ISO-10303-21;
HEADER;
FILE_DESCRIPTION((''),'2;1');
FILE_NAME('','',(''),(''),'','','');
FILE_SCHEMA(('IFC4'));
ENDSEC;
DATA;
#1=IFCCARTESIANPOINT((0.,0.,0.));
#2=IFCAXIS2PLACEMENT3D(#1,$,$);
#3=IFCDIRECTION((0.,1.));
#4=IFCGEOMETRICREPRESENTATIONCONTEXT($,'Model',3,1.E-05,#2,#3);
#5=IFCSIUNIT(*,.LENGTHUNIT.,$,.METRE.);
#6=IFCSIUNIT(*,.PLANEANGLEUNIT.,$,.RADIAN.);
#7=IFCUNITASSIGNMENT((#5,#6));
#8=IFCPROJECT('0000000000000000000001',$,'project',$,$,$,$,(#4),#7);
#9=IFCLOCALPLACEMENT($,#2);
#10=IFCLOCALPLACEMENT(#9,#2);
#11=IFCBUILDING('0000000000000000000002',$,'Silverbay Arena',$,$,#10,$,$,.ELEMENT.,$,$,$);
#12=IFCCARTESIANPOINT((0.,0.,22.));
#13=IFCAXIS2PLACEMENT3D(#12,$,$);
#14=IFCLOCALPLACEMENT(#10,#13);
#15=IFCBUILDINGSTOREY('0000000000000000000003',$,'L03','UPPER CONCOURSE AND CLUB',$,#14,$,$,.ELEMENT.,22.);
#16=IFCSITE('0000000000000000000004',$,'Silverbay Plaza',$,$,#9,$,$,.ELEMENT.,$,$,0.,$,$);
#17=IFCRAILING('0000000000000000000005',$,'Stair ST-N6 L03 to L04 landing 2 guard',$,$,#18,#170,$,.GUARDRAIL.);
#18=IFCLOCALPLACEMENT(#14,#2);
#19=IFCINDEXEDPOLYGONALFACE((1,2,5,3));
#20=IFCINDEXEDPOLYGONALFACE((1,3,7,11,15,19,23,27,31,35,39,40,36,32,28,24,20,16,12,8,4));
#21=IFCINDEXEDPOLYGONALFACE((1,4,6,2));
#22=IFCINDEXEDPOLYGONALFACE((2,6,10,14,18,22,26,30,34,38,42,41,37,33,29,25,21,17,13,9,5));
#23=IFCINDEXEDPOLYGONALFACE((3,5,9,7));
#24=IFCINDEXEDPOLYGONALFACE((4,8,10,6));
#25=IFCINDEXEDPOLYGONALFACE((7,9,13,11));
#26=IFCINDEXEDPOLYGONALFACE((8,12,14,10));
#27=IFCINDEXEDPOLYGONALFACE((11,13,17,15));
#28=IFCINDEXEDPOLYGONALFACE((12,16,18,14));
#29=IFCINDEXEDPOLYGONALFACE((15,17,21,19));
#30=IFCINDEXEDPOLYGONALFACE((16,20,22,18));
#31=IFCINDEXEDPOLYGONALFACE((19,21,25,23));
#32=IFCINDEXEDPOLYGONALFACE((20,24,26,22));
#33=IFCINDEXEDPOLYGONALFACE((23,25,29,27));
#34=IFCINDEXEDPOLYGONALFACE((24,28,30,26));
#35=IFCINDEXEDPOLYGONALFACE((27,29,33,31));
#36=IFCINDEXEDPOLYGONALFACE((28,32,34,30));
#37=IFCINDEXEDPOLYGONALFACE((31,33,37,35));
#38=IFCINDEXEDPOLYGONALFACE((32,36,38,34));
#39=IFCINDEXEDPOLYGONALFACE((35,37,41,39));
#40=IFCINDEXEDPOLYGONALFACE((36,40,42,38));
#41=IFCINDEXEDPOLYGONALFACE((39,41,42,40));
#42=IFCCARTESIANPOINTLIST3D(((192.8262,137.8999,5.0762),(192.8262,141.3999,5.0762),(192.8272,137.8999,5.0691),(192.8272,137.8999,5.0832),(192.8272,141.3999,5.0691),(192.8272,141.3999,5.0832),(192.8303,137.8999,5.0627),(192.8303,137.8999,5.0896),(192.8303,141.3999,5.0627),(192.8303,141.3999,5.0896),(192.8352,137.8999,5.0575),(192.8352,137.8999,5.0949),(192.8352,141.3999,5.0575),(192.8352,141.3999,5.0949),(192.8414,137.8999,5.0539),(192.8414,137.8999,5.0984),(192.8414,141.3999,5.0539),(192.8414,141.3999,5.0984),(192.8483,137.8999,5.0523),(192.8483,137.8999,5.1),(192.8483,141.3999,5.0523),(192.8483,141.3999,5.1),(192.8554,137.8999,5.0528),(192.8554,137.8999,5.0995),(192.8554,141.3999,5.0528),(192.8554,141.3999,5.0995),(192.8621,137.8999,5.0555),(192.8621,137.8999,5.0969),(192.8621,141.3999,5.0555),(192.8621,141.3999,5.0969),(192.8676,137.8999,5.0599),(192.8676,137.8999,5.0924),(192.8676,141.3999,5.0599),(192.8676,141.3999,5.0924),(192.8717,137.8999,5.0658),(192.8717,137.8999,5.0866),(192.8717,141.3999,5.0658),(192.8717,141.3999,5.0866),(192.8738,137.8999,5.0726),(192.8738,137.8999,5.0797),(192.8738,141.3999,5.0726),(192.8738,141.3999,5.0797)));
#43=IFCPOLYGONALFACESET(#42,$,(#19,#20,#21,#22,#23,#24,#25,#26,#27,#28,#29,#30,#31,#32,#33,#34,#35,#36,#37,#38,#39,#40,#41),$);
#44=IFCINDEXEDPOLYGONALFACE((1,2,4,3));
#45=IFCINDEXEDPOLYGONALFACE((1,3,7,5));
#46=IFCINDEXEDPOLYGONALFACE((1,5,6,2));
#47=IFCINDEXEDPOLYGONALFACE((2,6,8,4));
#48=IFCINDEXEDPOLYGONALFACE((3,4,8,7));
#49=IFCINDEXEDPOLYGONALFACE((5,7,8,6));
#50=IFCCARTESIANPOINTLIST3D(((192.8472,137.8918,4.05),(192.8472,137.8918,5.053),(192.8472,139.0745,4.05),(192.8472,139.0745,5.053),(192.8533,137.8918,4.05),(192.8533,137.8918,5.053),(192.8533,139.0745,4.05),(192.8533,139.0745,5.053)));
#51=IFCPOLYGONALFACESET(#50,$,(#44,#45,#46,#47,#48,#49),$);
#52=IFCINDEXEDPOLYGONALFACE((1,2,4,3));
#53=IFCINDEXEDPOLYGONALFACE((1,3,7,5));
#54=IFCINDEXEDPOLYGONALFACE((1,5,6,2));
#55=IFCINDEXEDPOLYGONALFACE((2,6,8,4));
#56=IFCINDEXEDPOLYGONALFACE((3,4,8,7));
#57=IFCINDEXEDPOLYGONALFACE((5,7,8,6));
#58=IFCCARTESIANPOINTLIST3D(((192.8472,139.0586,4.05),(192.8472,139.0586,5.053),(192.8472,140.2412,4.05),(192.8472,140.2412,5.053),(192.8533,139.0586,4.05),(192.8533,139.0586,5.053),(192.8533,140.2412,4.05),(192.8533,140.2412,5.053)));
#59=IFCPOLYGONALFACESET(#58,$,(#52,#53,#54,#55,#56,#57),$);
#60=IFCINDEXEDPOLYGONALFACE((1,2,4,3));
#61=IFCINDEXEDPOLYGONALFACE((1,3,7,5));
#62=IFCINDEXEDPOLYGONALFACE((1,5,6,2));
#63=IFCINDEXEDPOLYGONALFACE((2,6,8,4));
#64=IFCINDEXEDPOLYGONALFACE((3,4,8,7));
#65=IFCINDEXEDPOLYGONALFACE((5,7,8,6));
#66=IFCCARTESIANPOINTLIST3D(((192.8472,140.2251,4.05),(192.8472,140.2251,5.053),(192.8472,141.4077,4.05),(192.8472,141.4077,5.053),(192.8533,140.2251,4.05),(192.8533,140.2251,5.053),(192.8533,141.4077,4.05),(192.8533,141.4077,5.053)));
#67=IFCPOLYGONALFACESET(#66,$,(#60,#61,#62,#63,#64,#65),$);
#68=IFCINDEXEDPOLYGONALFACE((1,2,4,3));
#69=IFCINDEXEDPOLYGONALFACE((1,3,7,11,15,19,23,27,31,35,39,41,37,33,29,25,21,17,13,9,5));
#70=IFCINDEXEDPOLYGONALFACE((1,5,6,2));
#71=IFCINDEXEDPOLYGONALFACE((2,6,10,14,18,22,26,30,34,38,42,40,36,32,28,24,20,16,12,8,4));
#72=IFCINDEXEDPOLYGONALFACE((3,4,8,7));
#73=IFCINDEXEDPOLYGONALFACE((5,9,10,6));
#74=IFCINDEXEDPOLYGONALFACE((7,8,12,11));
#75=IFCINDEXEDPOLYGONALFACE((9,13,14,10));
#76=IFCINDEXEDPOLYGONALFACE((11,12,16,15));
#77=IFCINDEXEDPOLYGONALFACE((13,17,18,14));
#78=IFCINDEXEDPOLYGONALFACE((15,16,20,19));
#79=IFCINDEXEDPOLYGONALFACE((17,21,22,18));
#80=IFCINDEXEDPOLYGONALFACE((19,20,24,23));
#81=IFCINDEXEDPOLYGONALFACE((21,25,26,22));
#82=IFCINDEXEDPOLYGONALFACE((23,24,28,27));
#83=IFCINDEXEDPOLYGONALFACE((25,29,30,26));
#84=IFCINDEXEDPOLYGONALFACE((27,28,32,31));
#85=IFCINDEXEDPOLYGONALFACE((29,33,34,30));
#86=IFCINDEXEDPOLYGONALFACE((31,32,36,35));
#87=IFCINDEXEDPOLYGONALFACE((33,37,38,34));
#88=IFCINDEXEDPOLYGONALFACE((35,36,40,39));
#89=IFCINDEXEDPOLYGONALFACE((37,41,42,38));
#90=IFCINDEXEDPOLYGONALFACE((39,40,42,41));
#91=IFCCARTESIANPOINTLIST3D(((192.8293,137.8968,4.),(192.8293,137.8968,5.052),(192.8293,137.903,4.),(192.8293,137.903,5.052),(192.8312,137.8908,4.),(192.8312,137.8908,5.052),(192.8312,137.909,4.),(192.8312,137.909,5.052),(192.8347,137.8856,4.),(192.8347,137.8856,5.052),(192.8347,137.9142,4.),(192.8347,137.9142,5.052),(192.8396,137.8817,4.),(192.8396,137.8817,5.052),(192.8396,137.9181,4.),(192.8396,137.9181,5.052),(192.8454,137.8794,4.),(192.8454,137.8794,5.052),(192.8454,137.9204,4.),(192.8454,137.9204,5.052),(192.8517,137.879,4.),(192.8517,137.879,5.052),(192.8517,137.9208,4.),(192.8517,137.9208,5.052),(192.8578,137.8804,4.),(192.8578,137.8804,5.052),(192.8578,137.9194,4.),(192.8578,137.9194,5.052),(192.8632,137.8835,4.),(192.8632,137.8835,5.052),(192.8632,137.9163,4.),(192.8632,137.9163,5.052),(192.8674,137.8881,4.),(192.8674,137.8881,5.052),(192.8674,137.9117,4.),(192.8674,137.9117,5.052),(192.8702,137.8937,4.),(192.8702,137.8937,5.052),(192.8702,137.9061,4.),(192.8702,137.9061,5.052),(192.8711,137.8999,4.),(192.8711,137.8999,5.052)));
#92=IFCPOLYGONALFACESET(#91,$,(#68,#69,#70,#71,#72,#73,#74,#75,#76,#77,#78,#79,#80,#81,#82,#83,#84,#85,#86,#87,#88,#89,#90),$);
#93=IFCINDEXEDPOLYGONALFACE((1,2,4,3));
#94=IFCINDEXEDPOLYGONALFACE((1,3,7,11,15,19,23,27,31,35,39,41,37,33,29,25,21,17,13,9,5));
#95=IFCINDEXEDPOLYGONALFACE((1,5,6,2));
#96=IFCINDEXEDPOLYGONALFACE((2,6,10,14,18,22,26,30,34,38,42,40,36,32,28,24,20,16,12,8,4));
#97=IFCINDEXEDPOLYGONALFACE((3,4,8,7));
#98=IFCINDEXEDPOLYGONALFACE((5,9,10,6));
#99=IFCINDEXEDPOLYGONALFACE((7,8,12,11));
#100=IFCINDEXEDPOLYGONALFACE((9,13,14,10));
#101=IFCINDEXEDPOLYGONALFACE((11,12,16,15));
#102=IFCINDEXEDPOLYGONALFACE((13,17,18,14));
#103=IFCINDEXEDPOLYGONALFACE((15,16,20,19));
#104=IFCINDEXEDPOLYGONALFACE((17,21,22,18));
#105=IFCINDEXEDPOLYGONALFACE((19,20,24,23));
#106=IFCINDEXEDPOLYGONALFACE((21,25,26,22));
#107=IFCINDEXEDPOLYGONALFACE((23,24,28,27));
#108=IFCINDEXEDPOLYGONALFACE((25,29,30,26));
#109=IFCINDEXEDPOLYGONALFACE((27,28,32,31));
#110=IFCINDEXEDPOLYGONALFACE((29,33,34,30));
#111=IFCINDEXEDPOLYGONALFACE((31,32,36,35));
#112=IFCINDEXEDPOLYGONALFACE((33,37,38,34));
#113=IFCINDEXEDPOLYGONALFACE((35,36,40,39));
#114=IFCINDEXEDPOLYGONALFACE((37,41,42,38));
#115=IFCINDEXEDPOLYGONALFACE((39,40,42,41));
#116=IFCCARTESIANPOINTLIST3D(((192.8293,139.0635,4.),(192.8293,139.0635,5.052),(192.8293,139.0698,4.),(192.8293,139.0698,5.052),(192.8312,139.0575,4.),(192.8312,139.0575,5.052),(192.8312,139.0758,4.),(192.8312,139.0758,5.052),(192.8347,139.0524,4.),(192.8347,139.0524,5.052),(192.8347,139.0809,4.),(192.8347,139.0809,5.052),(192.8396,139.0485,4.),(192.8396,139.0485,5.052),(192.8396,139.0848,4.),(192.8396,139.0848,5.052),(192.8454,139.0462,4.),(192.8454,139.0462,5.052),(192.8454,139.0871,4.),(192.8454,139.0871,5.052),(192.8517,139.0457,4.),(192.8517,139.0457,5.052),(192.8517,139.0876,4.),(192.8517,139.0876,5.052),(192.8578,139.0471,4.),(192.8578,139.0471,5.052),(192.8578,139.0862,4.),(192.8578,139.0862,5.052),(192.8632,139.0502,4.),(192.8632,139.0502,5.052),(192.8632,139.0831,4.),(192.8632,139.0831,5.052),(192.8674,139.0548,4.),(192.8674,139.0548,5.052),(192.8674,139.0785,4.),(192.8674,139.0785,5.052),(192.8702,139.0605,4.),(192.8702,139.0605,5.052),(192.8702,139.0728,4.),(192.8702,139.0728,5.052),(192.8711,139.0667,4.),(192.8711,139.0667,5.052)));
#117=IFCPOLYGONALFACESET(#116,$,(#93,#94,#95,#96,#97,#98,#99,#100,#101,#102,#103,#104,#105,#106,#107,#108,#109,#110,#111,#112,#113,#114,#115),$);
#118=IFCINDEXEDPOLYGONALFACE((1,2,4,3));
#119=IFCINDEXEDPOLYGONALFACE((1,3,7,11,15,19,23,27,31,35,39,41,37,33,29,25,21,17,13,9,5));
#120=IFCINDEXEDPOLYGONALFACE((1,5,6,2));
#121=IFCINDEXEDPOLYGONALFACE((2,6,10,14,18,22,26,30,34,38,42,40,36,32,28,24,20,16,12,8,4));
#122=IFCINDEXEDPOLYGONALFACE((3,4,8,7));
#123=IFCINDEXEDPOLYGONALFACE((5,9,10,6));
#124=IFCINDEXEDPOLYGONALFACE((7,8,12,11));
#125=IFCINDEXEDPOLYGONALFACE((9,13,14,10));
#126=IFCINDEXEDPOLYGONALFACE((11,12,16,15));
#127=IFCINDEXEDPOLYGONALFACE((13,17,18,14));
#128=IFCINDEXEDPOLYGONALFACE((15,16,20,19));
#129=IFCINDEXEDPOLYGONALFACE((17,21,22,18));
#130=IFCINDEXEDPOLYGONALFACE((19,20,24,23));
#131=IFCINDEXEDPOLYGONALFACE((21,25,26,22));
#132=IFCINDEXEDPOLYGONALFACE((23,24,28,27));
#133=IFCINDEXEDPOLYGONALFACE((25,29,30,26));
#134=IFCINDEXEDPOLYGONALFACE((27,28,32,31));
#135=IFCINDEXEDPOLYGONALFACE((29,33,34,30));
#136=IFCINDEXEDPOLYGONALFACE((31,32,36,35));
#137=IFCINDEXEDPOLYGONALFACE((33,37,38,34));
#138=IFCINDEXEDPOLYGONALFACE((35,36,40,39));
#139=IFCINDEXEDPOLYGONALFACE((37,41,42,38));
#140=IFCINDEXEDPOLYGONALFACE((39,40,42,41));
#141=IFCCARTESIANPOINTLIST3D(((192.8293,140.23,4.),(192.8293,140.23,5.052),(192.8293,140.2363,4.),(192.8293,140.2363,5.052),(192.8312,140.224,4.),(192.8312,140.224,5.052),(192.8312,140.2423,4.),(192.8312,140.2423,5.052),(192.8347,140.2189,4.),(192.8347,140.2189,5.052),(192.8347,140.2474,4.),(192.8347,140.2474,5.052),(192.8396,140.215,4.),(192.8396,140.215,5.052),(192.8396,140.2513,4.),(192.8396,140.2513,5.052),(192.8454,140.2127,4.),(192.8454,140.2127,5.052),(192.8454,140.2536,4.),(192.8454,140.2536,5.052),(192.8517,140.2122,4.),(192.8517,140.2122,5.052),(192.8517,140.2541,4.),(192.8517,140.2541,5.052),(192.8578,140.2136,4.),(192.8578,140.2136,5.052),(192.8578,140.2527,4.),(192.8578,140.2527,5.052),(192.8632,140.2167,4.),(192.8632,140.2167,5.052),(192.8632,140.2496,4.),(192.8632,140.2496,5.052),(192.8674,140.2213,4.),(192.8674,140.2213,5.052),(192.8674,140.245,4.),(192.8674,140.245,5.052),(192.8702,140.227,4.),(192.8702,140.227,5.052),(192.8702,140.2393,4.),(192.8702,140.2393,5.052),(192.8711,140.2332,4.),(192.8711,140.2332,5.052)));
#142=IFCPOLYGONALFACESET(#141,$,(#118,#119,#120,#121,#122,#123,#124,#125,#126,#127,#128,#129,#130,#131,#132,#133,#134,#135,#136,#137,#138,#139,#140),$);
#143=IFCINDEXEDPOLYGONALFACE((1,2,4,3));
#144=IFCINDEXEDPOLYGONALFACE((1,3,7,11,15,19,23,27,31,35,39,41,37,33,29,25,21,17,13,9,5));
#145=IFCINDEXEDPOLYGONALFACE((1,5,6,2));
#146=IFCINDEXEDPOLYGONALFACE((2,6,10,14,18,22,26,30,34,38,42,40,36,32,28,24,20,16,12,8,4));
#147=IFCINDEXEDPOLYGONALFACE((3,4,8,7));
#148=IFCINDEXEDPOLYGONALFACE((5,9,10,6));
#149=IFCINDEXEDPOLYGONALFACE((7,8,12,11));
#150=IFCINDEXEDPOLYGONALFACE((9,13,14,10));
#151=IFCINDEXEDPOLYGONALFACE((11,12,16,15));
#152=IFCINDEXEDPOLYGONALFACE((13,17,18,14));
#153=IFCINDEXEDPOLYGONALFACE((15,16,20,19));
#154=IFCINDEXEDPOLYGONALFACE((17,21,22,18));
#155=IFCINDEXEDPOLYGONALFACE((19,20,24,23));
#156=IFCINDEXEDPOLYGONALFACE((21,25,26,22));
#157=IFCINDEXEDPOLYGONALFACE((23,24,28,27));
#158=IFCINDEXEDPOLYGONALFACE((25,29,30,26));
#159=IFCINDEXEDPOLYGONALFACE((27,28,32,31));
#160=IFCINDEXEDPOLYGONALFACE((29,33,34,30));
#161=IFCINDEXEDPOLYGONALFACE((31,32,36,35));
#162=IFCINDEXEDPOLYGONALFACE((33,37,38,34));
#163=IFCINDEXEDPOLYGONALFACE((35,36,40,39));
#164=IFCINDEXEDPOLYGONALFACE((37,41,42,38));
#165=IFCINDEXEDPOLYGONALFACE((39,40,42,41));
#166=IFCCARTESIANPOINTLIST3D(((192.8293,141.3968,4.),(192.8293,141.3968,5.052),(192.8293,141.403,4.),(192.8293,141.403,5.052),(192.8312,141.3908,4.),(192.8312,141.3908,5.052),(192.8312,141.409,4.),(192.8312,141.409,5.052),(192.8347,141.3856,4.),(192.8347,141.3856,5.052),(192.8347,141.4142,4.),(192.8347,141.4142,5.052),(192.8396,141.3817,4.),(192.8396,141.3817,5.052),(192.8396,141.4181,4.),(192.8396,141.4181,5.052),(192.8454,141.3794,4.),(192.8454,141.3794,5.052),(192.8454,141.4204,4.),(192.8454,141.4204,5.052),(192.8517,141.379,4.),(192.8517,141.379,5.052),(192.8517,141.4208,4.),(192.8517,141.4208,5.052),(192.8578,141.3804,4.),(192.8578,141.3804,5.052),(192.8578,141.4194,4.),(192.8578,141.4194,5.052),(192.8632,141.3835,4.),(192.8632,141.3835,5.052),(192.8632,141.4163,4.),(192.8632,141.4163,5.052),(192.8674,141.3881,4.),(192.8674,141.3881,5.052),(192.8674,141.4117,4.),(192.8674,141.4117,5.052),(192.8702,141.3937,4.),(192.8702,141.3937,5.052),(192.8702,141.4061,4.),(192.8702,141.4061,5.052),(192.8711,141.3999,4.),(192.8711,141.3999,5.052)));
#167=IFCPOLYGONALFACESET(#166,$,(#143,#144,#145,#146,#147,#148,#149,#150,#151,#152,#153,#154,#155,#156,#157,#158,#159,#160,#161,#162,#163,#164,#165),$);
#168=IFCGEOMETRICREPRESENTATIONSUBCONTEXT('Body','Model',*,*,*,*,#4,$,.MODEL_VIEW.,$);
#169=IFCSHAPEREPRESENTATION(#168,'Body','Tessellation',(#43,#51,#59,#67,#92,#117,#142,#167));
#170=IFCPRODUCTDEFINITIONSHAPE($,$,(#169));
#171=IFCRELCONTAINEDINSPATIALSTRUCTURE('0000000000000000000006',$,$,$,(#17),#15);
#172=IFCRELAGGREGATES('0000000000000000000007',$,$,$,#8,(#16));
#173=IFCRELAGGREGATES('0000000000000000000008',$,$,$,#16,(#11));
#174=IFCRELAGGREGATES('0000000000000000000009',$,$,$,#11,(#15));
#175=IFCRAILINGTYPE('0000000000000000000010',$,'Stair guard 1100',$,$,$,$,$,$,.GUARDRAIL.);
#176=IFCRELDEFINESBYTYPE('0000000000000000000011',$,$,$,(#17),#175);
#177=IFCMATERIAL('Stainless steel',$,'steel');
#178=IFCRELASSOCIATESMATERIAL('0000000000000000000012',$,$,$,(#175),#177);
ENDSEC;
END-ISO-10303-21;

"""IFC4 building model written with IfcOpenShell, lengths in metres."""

from ifc_helpers import new_model, si_unit, direction, frame, origin, origin_2d, place, context, subcontext, project, spatial, polyline, circle, outline, extrude, material, type_object, element, save


model = new_model("IFC4")

# Units and contexts
model_context = context("Model", 3, precision=1e-05, world=origin(), true_north=direction((0.0, 1.0)))
body_context = subcontext(model_context, "Body", "Model", "MODEL_VIEW")
ifc_project = project(units=[si_unit("LENGTHUNIT", "METRE"), si_unit("PLANEANGLEUNIT", "RADIAN")], contexts=[model_context])

# Site, building, storey
site_placement = place(None, origin())
site = spatial("IfcSite", under=ifc_project, at=site_placement, Name="Silverbay Plaza", CompositionType="ELEMENT", RefElevation=0.0)
building_placement = place(site_placement, origin())
building = spatial("IfcBuilding", under=site, at=building_placement, Name="Silverbay Arena", CompositionType="ELEMENT")
storey_placement = place(building_placement, frame((0.0, 0.0, 22.0)))
storey = spatial("IfcBuildingStorey", under=building, at=storey_placement, Name="L03", Description="UPPER CONCOURSE AND CLUB", CompositionType="ELEMENT", Elevation=22.0)

# Railing
ifc_material_1 = material(Name="Stainless steel", Category="steel")
railing_type_1 = type_object("IfcRailingType", Name="Stair guard 1100", PredefinedType="GUARDRAIL", material=ifc_material_1)
for number, where, name in (
    (1, (192.8501, 137.8999, 4.0), "Stair ST-N6 L03 to L04 landing 2 guard"),
):
    element("IfcRailing", number, at=place(storey_placement, frame(where)), inside=storey, type_object=railing_type_1, Name=name, PredefinedType="GUARDRAIL", context=body_context, shape_type="SweptSolid", body=[
        extrude(circle(Radius=0.0239, at=origin_2d()), frame((0.0, 0.0, 1.0762), z_axis=(0.0, 1.0, 0.0), x_axis=(-1.0, 0.0, 0.0)), (0.0, 0.0, 1.0), 3.5),
        extrude(outline(polyline([(-0.0081, 0.05), (1.1746, 0.05), (1.1746, 1.053), (-0.0081, 1.053), (-0.0081, 0.05)])), frame((-0.0029, 0.0, 0.0), z_axis=(1.0, 0.0, 0.0), x_axis=(0.0, 1.0, 0.0)), (0.0, 0.0, 1.0), 0.0061),
        extrude(outline(polyline([(-0.0081, 0.05), (1.1746, 0.05), (1.1746, 1.053), (-0.0081, 1.053), (-0.0081, 0.05)])), frame((-0.0029, 1.1667, 0.0), z_axis=(1.0, 0.0, 0.0), x_axis=(0.0, 1.0, 0.0)), (0.0, 0.0, 1.0), 0.0061),
        extrude(outline(polyline([(-0.0081, 0.05), (1.1746, 0.05), (1.1746, 1.053), (-0.0081, 1.053), (-0.0081, 0.05)])), frame((-0.0029, 2.3333, 0.0), z_axis=(1.0, 0.0, 0.0), x_axis=(0.0, 1.0, 0.0)), (0.0, 0.0, 1.0), 0.0061),
        extrude(circle(Radius=0.021, at=origin_2d()), origin(), (0.0, 0.0, 1.0), 1.052),
        extrude(circle(Radius=0.021, at=origin_2d()), frame((0.0, 1.1667, 0.0)), (0.0, 0.0, 1.0), 1.052),
        extrude(circle(Radius=0.021, at=origin_2d()), frame((0.0, 2.3333, 0.0)), (0.0, 0.0, 1.0), 1.052),
        extrude(circle(Radius=0.021, at=origin_2d()), frame((0.0, 3.5, 0.0)), (0.0, 0.0, 1.0), 1.052),
    ])

save(model, "model.ifc")
